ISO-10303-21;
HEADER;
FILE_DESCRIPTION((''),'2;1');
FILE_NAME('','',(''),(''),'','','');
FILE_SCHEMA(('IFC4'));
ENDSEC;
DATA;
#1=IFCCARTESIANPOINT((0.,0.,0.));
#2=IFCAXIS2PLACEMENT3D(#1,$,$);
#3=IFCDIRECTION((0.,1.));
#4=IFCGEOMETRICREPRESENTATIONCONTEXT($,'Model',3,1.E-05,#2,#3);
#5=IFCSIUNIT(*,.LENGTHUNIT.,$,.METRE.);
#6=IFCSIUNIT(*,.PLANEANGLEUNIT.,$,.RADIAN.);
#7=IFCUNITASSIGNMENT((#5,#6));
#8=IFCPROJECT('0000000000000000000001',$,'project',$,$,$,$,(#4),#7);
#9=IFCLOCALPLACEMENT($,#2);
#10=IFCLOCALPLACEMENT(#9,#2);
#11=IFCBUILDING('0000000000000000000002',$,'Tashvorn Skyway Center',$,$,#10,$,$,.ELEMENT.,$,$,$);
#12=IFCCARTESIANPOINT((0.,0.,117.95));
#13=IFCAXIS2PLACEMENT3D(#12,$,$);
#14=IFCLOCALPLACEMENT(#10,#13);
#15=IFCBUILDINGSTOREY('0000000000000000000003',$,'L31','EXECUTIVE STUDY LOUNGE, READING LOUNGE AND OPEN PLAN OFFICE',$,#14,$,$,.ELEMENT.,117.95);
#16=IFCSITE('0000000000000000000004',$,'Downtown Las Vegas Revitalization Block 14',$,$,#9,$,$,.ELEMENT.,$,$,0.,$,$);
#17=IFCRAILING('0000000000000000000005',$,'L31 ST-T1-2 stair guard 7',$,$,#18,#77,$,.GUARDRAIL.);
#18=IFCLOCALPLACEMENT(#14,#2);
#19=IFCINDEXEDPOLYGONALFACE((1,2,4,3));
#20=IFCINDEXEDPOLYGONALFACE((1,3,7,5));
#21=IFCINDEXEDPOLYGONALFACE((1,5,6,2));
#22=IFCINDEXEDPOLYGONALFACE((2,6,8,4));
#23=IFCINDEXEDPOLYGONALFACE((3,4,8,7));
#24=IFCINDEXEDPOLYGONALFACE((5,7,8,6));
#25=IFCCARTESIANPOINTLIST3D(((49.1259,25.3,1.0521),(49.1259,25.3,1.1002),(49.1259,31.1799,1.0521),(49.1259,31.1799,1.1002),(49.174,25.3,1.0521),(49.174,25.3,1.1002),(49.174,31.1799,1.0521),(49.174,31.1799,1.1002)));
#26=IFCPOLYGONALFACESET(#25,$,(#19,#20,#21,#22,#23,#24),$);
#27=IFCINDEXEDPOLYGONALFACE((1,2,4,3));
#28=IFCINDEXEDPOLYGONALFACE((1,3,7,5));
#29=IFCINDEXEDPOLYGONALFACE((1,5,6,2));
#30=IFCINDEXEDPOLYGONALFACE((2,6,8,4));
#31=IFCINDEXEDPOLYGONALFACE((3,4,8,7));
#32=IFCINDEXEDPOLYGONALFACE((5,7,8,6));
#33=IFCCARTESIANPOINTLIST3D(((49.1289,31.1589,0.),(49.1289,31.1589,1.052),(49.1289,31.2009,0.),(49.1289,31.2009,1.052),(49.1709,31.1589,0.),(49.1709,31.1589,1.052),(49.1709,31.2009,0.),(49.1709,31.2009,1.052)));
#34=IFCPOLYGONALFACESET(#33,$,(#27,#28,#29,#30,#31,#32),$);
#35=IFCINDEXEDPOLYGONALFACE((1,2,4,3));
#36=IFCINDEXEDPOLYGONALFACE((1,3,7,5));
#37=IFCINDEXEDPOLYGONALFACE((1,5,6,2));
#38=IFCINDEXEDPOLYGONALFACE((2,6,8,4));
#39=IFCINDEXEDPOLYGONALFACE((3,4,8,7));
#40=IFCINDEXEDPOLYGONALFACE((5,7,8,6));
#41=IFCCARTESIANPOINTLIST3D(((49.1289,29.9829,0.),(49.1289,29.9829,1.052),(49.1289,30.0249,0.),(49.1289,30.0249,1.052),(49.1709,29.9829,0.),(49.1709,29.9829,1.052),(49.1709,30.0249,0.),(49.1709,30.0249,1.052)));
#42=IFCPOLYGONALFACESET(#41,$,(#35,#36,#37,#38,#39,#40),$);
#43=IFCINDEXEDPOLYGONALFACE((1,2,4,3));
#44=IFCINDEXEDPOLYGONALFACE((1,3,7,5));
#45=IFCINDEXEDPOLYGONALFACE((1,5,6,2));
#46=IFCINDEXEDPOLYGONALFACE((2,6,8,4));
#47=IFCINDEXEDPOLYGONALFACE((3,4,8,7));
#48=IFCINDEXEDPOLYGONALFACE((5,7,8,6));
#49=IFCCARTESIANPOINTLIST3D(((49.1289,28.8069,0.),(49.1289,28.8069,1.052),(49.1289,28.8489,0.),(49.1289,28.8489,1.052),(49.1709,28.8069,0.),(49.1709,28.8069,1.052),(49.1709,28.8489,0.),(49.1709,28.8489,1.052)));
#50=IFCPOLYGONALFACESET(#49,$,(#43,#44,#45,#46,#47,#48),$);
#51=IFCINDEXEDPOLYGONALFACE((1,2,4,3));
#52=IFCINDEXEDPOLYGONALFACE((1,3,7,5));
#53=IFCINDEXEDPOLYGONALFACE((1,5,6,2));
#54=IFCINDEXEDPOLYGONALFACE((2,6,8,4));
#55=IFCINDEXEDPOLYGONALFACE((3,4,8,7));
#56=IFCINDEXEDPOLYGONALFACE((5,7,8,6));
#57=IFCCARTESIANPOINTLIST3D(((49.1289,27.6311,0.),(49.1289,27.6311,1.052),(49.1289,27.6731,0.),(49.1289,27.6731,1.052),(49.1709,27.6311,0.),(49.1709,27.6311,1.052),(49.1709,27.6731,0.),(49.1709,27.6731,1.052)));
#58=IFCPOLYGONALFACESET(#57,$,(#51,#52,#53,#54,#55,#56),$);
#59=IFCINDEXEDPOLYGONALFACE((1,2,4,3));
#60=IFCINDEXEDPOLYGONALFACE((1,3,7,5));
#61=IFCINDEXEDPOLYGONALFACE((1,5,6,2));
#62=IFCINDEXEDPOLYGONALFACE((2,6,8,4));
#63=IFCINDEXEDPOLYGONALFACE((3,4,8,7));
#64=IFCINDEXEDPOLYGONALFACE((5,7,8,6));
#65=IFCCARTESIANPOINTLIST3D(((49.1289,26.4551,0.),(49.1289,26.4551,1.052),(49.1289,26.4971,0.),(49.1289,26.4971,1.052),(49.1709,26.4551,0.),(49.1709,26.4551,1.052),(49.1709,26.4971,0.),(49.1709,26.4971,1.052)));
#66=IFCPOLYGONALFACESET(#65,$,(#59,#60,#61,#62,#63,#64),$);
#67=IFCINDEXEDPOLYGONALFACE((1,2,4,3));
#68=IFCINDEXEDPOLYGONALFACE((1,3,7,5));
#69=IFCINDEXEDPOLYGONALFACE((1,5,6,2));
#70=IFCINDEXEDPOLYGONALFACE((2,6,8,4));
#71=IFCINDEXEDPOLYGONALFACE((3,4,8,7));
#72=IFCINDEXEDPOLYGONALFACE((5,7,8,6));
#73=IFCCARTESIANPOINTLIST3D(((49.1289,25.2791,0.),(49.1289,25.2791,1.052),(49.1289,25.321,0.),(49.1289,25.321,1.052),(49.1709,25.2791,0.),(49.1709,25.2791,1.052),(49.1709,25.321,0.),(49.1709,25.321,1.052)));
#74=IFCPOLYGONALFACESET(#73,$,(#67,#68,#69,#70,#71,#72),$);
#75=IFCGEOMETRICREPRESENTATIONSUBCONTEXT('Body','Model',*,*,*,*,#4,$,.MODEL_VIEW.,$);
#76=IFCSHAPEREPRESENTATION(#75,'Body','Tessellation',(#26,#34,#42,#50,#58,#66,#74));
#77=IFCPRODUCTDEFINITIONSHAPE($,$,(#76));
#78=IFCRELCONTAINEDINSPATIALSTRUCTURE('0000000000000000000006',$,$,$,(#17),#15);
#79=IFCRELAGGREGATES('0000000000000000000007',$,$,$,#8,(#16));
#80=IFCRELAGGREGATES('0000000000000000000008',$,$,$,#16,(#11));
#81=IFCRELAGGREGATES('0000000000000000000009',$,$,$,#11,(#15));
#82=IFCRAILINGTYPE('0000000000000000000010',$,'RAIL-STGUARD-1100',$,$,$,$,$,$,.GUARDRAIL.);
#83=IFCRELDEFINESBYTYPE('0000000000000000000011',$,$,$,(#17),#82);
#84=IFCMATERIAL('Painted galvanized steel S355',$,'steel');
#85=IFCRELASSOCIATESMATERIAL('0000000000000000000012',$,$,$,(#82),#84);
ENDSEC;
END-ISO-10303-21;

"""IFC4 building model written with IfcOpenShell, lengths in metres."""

from ifc_helpers import new_model, si_unit, direction, frame, origin, origin_2d, place, context, subcontext, project, spatial, rectangle, extrude, material, type_object, element, save


model = new_model("IFC4")

# Units and contexts
model_context = context("Model", 3, precision=1e-05, world=origin(), true_north=direction((0.0, 1.0)))
body_context = subcontext(model_context, "Body", "Model", "MODEL_VIEW")
ifc_project = project(units=[si_unit("LENGTHUNIT", "METRE"), si_unit("PLANEANGLEUNIT", "RADIAN")], contexts=[model_context])

# Site, building, storey
site_placement = place(None, origin())
site = spatial("IfcSite", under=ifc_project, at=site_placement, Name="Downtown Las Vegas Revitalization Block 14", CompositionType="ELEMENT", RefElevation=0.0)
building_placement = place(site_placement, origin())
building = spatial("IfcBuilding", under=site, at=building_placement, Name="Tashvorn Skyway Center", CompositionType="ELEMENT")
storey_placement = place(building_placement, frame((0.0, 0.0, 117.95)))
storey = spatial("IfcBuildingStorey", under=building, at=storey_placement, Name="L31", Description="EXECUTIVE STUDY LOUNGE, READING LOUNGE AND OPEN PLAN OFFICE", CompositionType="ELEMENT", Elevation=117.95)

# Railing
ifc_material_1 = material(Name="Painted galvanized steel S355", Category="steel")
railing_type_1 = type_object("IfcRailingType", Name="RAIL-STGUARD-1100", PredefinedType="GUARDRAIL", material=ifc_material_1)
railing_1_placement = place(storey_placement, frame((49.1499, 31.1799, 0.0)))
element("IfcRailing", 1, at=railing_1_placement, inside=storey, type_object=railing_type_1, Name="L31 ST-T1-2 stair guard 7", PredefinedType="GUARDRAIL", context=body_context, shape_type="SweptSolid", body=[
    extrude(rectangle(XDim=0.0481, YDim=0.0481, at=origin_2d()), frame((0.0, 0.0, 1.0762), z_axis=(0.0, -1.0, 0.0), x_axis=(1.0, 0.0, 0.0)), (0.0, 0.0, 1.0), 5.8799),
    extrude(rectangle(XDim=0.042, YDim=0.042, at=origin_2d()), origin(), (0.0, 0.0, 1.0), 1.052),
    extrude(rectangle(XDim=0.042, YDim=0.042, at=origin_2d()), frame((0.0, -1.176, 0.0)), (0.0, 0.0, 1.0), 1.052),
    extrude(rectangle(XDim=0.042, YDim=0.042, at=origin_2d()), frame((0.0, -2.3521, 0.0)), (0.0, 0.0, 1.0), 1.052),
    extrude(rectangle(XDim=0.042, YDim=0.042, at=origin_2d()), frame((0.0, -3.5278, 0.0)), (0.0, 0.0, 1.0), 1.052),
    extrude(rectangle(XDim=0.042, YDim=0.042, at=origin_2d()), frame((0.0, -4.7039, 0.0)), (0.0, 0.0, 1.0), 1.052),
    extrude(rectangle(XDim=0.042, YDim=0.042, at=origin_2d()), frame((0.0, -5.8799, 0.0)), (0.0, 0.0, 1.0), 1.052),
])

save(model, "model.ifc")
